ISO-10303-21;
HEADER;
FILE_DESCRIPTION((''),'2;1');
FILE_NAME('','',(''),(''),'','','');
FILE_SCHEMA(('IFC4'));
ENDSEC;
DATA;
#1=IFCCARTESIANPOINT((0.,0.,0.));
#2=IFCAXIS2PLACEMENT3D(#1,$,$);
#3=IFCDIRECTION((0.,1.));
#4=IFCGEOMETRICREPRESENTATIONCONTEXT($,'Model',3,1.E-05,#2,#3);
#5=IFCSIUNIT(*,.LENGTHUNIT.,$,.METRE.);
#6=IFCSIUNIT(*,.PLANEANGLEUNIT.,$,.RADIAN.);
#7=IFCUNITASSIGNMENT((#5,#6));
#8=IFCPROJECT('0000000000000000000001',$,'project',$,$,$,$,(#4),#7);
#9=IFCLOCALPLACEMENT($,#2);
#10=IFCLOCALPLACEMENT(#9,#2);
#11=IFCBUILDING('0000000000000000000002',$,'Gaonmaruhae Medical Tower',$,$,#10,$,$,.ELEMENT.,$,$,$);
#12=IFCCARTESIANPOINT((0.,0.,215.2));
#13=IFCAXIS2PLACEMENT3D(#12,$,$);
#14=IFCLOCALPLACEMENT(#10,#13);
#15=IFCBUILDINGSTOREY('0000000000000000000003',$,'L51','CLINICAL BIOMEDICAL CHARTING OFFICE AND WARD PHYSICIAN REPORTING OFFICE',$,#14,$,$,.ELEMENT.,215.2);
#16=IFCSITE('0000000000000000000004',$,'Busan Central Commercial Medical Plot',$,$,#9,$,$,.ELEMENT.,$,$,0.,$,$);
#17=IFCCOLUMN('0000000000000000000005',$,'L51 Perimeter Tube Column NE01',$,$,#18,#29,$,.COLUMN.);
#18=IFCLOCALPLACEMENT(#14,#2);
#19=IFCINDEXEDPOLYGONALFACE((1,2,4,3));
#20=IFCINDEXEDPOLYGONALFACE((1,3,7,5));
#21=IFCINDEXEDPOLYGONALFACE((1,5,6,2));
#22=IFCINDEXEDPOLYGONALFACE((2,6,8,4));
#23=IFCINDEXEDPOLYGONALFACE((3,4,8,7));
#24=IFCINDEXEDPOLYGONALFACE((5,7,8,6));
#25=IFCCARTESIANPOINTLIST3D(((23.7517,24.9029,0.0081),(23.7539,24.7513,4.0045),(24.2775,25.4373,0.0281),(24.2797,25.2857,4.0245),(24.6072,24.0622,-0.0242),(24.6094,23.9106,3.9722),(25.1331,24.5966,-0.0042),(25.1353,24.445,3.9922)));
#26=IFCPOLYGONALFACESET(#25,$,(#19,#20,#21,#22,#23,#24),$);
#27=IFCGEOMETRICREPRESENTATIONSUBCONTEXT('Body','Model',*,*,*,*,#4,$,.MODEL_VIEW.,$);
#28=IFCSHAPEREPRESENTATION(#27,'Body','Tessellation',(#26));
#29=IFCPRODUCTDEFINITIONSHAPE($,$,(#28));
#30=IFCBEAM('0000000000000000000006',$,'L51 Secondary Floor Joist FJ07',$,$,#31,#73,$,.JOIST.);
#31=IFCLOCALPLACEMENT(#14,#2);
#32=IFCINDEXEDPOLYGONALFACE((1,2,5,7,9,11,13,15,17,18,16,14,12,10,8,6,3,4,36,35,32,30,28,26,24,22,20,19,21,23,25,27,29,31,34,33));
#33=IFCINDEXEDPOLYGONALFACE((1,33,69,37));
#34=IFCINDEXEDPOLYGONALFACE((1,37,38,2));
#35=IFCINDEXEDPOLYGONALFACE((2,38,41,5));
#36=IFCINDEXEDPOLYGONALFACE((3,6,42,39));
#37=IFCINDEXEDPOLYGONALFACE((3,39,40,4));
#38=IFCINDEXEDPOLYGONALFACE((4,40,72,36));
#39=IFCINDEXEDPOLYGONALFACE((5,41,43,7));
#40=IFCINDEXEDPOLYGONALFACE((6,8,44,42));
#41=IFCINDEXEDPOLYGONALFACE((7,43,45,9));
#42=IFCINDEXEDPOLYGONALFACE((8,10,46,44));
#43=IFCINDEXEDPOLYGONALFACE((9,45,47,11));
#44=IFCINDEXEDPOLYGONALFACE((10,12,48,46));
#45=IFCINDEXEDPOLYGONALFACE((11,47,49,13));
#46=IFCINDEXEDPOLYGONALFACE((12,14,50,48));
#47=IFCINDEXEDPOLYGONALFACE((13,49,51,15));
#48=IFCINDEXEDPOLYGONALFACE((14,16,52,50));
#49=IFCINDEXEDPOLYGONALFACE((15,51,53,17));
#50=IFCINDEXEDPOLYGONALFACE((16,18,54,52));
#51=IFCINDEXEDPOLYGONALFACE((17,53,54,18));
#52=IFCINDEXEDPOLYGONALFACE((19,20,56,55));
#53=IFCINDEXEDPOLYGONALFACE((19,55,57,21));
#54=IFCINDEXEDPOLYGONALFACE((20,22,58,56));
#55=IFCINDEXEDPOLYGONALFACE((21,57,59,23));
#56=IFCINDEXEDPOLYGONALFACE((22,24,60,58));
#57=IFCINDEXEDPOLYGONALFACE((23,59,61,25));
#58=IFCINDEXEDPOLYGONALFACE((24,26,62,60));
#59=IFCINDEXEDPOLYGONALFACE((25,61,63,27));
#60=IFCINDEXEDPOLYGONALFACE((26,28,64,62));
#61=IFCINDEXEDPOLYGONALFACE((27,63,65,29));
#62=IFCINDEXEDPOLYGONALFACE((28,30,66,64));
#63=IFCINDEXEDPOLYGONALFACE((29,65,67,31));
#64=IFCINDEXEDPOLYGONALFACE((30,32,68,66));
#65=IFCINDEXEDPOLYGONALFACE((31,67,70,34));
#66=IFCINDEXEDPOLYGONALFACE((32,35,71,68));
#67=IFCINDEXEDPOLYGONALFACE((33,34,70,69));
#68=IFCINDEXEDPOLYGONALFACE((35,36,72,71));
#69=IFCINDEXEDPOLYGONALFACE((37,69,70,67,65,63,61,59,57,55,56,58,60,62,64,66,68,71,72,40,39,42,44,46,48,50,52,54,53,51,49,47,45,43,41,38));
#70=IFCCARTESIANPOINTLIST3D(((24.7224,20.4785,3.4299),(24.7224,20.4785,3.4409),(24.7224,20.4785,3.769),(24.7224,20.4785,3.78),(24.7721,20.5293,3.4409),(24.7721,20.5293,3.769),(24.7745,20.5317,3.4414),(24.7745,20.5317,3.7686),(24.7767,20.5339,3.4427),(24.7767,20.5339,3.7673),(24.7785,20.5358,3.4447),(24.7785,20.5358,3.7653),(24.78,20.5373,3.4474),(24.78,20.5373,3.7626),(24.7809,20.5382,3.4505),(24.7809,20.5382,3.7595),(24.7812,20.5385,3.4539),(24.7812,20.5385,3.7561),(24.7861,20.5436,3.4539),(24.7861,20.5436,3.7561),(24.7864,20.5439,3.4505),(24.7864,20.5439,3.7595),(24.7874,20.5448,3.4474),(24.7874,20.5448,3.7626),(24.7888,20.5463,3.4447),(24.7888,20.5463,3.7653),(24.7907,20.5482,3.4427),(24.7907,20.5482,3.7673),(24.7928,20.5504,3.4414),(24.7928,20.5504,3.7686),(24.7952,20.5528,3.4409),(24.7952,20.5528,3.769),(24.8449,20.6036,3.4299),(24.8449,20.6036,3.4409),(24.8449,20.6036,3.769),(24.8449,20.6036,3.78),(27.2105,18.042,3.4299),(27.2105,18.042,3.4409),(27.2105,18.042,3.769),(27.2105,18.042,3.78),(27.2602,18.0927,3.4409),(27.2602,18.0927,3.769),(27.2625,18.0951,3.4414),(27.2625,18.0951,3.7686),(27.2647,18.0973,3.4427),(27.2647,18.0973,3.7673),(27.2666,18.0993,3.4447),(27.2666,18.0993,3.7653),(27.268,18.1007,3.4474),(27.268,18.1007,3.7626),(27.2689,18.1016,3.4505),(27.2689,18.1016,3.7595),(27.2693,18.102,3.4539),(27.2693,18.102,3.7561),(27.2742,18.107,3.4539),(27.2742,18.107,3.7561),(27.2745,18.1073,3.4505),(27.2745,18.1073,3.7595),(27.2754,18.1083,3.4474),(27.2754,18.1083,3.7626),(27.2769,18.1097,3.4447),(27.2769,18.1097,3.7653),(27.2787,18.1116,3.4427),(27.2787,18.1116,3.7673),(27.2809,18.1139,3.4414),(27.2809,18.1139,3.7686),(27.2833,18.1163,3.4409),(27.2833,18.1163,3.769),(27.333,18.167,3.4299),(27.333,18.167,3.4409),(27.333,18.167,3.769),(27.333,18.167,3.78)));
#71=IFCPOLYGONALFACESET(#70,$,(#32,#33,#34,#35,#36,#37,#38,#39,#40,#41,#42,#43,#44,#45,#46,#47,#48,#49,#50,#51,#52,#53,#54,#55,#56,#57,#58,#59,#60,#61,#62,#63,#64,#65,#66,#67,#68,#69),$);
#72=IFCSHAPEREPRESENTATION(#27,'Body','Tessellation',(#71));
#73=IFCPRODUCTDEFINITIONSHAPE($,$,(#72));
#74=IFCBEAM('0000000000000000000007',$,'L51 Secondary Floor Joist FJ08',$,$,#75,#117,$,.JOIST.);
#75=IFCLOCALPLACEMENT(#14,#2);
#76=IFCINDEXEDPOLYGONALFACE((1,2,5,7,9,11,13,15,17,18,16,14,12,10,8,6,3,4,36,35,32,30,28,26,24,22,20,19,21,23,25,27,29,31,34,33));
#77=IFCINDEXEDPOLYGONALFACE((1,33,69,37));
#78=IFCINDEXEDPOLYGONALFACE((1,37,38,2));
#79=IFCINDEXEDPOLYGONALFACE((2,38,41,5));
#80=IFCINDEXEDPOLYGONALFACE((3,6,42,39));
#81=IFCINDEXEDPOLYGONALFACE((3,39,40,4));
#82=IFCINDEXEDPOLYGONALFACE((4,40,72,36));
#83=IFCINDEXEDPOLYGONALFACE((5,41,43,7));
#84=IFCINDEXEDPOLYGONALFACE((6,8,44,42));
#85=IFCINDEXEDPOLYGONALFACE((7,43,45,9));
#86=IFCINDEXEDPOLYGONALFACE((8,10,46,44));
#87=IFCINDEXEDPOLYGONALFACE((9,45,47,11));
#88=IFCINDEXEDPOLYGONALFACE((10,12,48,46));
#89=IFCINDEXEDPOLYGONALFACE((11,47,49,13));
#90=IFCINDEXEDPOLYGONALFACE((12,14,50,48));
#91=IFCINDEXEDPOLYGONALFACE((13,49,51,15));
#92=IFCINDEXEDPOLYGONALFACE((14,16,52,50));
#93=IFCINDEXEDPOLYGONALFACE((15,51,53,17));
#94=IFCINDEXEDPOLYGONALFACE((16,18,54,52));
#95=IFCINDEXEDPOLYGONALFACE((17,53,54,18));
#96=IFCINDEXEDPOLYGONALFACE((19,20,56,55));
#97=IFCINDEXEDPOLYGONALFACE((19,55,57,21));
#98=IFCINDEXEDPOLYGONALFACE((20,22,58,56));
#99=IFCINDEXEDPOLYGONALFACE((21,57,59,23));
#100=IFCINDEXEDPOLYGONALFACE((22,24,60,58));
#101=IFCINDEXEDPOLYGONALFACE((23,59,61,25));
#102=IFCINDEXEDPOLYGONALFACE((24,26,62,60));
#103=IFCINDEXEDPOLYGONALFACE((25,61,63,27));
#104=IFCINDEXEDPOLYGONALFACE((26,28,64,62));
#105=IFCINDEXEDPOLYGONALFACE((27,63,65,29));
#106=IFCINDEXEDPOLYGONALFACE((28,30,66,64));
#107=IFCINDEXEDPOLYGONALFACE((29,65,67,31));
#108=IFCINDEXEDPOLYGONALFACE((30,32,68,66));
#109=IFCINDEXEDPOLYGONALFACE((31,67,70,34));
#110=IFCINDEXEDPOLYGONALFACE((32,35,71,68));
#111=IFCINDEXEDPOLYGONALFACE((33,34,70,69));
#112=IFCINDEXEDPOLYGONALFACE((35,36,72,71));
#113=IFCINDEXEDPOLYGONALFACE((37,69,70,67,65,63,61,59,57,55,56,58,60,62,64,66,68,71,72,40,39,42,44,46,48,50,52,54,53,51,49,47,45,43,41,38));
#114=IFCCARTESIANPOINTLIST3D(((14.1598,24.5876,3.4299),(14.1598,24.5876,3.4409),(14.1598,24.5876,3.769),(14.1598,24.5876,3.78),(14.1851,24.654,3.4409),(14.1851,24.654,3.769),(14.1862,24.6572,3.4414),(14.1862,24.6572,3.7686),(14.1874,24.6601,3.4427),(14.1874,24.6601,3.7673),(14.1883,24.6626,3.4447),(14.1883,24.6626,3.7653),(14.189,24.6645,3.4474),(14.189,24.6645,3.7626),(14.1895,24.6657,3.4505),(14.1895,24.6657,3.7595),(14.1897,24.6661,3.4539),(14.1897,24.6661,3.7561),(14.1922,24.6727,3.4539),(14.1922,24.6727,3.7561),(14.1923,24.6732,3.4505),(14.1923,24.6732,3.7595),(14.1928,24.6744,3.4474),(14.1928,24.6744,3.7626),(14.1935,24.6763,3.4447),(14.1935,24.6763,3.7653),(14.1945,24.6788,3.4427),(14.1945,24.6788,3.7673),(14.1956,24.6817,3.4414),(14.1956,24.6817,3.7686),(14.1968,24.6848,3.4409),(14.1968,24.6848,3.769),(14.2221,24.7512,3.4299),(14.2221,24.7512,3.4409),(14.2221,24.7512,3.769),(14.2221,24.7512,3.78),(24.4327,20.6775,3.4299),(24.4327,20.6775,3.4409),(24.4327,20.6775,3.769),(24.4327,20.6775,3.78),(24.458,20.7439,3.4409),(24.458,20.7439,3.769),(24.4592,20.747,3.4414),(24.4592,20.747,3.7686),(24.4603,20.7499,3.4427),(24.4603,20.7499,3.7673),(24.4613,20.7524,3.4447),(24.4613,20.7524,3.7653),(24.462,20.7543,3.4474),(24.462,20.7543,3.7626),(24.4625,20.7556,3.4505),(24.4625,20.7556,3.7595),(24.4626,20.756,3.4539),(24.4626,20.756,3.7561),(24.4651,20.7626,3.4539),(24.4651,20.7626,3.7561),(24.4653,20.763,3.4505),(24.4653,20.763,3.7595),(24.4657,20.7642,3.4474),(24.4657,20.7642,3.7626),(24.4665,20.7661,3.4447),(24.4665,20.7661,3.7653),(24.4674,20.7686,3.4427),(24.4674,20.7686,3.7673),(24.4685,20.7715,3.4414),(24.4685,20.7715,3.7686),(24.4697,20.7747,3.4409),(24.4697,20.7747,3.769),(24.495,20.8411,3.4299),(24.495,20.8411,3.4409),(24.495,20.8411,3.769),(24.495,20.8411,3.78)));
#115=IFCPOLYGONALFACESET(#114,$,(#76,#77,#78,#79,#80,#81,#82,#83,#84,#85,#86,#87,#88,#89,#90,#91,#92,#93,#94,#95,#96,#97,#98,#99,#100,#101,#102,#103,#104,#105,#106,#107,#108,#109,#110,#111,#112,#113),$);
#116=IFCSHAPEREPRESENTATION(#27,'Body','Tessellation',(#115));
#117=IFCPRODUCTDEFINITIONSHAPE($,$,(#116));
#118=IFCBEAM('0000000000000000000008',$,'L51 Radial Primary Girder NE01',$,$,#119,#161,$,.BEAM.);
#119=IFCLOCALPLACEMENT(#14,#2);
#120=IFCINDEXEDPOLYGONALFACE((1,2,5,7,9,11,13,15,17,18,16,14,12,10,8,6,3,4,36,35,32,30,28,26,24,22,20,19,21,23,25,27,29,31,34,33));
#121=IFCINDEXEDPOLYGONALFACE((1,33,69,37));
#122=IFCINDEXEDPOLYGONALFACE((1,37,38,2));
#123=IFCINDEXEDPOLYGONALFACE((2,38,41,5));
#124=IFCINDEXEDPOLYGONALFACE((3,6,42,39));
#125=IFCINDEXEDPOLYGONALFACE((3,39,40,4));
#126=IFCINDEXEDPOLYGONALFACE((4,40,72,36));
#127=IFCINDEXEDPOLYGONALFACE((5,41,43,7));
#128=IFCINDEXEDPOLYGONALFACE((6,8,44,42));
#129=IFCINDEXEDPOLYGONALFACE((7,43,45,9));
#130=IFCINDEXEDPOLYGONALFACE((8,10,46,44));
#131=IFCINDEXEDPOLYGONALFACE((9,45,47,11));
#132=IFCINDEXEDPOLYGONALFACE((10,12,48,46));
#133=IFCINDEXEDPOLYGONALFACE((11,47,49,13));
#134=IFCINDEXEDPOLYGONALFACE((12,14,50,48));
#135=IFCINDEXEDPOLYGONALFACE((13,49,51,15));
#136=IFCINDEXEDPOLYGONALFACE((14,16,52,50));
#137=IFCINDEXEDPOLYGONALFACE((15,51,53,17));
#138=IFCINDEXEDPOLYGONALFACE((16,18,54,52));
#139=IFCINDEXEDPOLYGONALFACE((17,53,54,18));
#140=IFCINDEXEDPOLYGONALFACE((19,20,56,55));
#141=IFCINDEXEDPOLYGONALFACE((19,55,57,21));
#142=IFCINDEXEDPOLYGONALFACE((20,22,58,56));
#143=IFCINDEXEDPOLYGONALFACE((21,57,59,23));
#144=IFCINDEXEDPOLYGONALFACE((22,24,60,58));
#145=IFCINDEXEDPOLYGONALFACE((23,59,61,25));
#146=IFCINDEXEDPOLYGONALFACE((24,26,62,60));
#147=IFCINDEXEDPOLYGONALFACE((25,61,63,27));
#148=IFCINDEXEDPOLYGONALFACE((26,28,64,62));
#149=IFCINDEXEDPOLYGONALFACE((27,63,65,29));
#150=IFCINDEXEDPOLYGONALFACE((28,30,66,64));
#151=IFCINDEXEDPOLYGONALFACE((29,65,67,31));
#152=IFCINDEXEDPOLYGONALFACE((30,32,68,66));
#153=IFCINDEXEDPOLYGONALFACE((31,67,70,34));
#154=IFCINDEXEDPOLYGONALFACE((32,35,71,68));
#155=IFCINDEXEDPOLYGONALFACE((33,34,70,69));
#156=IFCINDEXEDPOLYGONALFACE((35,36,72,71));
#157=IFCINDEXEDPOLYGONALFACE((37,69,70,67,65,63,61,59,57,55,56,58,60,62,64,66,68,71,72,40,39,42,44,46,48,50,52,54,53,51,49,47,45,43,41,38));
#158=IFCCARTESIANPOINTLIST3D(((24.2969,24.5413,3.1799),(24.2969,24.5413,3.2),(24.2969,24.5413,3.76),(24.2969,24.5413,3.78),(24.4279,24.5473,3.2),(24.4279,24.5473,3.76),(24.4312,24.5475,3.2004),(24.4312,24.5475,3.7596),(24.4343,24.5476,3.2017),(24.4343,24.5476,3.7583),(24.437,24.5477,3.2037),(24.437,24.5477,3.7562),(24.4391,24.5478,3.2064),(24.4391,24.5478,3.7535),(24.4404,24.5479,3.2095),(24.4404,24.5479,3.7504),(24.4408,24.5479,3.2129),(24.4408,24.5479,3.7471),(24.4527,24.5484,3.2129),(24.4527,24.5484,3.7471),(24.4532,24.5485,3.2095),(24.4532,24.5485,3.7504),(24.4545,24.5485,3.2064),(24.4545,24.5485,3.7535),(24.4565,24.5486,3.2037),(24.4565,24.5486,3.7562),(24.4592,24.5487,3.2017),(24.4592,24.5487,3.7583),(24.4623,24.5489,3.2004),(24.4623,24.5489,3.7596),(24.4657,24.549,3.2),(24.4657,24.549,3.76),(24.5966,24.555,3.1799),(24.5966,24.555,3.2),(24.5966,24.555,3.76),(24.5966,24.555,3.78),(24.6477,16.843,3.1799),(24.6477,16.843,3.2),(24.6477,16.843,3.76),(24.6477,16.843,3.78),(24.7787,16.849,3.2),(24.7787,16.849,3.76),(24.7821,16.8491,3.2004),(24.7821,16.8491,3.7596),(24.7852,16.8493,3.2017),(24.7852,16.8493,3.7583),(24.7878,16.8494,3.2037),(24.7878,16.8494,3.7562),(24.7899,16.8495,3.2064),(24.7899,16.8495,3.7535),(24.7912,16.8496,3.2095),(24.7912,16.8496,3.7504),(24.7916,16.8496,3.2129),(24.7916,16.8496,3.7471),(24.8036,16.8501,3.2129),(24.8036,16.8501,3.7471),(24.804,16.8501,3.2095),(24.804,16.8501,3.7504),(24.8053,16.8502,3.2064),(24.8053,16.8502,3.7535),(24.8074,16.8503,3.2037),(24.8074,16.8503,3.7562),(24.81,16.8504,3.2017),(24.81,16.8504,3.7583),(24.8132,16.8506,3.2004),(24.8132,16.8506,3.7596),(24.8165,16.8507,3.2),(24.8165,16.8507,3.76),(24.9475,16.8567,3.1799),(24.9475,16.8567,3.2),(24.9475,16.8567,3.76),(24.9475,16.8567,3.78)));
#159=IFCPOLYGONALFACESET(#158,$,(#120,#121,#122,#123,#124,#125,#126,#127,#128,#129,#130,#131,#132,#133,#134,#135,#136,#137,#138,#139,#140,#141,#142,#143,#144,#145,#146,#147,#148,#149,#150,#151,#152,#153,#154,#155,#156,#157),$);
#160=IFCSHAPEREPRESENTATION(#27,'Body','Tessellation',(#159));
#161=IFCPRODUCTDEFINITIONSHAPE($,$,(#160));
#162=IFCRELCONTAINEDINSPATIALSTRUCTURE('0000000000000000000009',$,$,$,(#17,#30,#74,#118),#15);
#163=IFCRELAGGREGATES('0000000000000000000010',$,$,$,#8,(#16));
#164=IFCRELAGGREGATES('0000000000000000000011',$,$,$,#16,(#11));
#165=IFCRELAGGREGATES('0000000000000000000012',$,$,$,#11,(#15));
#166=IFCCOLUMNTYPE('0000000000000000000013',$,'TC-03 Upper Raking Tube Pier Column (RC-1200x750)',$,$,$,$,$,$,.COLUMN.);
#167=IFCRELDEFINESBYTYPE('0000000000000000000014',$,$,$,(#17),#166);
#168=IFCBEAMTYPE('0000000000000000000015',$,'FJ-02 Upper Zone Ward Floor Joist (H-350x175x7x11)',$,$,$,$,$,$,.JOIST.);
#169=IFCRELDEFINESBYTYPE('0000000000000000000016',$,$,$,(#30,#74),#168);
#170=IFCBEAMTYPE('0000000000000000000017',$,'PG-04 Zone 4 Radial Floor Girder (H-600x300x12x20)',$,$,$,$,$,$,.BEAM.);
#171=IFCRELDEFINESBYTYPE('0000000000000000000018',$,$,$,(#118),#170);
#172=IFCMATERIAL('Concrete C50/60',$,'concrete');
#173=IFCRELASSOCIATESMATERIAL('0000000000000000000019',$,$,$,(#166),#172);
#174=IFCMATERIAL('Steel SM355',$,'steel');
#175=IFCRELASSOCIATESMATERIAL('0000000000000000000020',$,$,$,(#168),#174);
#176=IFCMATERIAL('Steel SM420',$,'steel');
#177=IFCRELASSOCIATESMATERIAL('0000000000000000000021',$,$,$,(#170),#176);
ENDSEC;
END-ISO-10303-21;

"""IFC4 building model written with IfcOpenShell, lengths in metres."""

from ifc_helpers import new_model, si_unit, direction, frame, origin, origin_2d, place, context, subcontext, project, spatial, rectangle, i_section, extrude, material, material_profile, profile_set, type_object, element, save


model = new_model("IFC4")

# Units and contexts
model_context = context("Model", 3, precision=1e-05, world=origin(), true_north=direction((0.0, 1.0)))
body_context = subcontext(model_context, "Body", "Model", "MODEL_VIEW")
ifc_project = project(units=[si_unit("LENGTHUNIT", "METRE"), si_unit("PLANEANGLEUNIT", "RADIAN")], contexts=[model_context])

# Site, building, storey
site_placement = place(None, origin())
site = spatial("IfcSite", under=ifc_project, at=site_placement, Name="Busan Central Commercial Medical Plot", CompositionType="ELEMENT", RefElevation=0.0)
building_placement = place(site_placement, origin())
building = spatial("IfcBuilding", under=site, at=building_placement, Name="Gaonmaruhae Medical Tower", CompositionType="ELEMENT")
storey_placement = place(building_placement, frame((0.0, 0.0, 215.2)))
storey = spatial("IfcBuildingStorey", under=building, at=storey_placement, Name="L51", Description="CLINICAL BIOMEDICAL CHARTING OFFICE AND WARD PHYSICIAN REPORTING OFFICE", CompositionType="ELEMENT", Elevation=215.2)

# Column
ifc_material_1 = material(Name="Concrete C50/60", Category="concrete")
ifc_material_profile_1 = material_profile(ifc_material_1, rectangle(XDim=1.2, YDim=0.75, at=origin_2d()), Name="RC-1200x750")
ifc_profile_set_1 = profile_set([ifc_material_profile_1], Name="Concrete C50/60")
column_type = type_object("IfcColumnType", Name="TC-03 Upper Raking Tube Pier Column (RC-1200x750)", PredefinedType="COLUMN", material=ifc_profile_set_1)
column_placement = place(storey_placement, frame((24.4424, 24.7498, 0.002), z_axis=(0.000549, -0.03791, 0.999281), x_axis=(-0.713002, 0.700643, 0.026973)))
element("IfcColumn", 1, at=column_placement, inside=storey, type_object=column_type, Name="L51 Perimeter Tube Column NE01", PredefinedType="COLUMN", context=body_context, shape_type="SweptSolid", body=[
    extrude(rectangle(XDim=1.2, YDim=0.75, at=origin_2d()), origin(), (0.0, 0.0, 1.0), 3.9993),
])

# Beams
ifc_material_2 = material(Name="Steel SM355", Category="steel")
ifc_material_profile_2 = material_profile(ifc_material_2, i_section(OverallWidth=0.175, OverallDepth=0.3501, WebThickness=0.0071, FlangeThickness=0.011, FilletRadius=0.0129, at=origin_2d()), Name="H-350x175x7x11")
ifc_profile_set_2 = profile_set([ifc_material_profile_2], Name="Steel SM355")
beam_type_1 = type_object("IfcBeamType", Name="FJ-02 Upper Zone Ward Floor Joist (H-350x175x7x11)", PredefinedType="JOIST", material=ifc_profile_set_2)
beam_1_placement = place(storey_placement, frame((27.2717, 18.1045, 3.605), z_axis=(-0.714464, 0.699672, 0.0), x_axis=(-0.699672, -0.714464, 0.0)))
element("IfcBeam", 2, at=beam_1_placement, inside=storey, type_object=beam_type_1, Name="L51 Secondary Floor Joist FJ07", PredefinedType="JOIST", context=body_context, shape_type="SweptSolid", body=[
    extrude(i_section(OverallWidth=0.175, OverallDepth=0.3501, WebThickness=0.0071, FlangeThickness=0.011, FilletRadius=0.0129, at=origin_2d()), origin(), (0.0, 0.0, 1.0), 3.4824),
])
beam_2_placement = place(storey_placement, frame((24.4639, 20.7593, 3.605), z_axis=(-0.934589, 0.355729, 0.0), x_axis=(-0.355729, -0.934589, 0.0)))
element("IfcBeam", 3, at=beam_2_placement, inside=storey, type_object=beam_type_1, Name="L51 Secondary Floor Joist FJ08", PredefinedType="JOIST", context=body_context, shape_type="SweptSolid", body=[
    extrude(i_section(OverallWidth=0.175, OverallDepth=0.3501, WebThickness=0.0071, FlangeThickness=0.011, FilletRadius=0.0129, at=origin_2d()), origin(), (0.0, 0.0, 1.0), 10.9919),
])
ifc_material_3 = material(Name="Steel SM420", Category="steel")
ifc_material_profile_3 = material_profile(ifc_material_3, i_section(OverallWidth=0.3, OverallDepth=0.6001, WebThickness=0.012, FlangeThickness=0.02, FilletRadius=0.0129, at=origin_2d()), Name="H-600x300x12x20")
ifc_profile_set_3 = profile_set([ifc_material_profile_3], Name="Steel SM420")
beam_type_2 = type_object("IfcBeamType", Name="PG-04 Zone 4 Radial Floor Girder (H-600x300x12x20)", PredefinedType="BEAM", material=ifc_profile_set_3)
beam_3_placement = place(storey_placement, frame((24.7976, 16.8499, 3.48), z_axis=(-0.045526, 0.998963, 0.0), x_axis=(-0.998963, -0.045526, 0.0)))
element("IfcBeam", 4, at=beam_3_placement, inside=storey, type_object=beam_type_2, Name="L51 Radial Primary Girder NE01", PredefinedType="BEAM", context=body_context, shape_type="SweptSolid", body=[
    extrude(i_section(OverallWidth=0.3, OverallDepth=0.6001, WebThickness=0.012, FlangeThickness=0.02, FilletRadius=0.0129, at=origin_2d()), origin(), (0.0, 0.0, 1.0), 7.7063),
])

save(model, "model.ifc")
